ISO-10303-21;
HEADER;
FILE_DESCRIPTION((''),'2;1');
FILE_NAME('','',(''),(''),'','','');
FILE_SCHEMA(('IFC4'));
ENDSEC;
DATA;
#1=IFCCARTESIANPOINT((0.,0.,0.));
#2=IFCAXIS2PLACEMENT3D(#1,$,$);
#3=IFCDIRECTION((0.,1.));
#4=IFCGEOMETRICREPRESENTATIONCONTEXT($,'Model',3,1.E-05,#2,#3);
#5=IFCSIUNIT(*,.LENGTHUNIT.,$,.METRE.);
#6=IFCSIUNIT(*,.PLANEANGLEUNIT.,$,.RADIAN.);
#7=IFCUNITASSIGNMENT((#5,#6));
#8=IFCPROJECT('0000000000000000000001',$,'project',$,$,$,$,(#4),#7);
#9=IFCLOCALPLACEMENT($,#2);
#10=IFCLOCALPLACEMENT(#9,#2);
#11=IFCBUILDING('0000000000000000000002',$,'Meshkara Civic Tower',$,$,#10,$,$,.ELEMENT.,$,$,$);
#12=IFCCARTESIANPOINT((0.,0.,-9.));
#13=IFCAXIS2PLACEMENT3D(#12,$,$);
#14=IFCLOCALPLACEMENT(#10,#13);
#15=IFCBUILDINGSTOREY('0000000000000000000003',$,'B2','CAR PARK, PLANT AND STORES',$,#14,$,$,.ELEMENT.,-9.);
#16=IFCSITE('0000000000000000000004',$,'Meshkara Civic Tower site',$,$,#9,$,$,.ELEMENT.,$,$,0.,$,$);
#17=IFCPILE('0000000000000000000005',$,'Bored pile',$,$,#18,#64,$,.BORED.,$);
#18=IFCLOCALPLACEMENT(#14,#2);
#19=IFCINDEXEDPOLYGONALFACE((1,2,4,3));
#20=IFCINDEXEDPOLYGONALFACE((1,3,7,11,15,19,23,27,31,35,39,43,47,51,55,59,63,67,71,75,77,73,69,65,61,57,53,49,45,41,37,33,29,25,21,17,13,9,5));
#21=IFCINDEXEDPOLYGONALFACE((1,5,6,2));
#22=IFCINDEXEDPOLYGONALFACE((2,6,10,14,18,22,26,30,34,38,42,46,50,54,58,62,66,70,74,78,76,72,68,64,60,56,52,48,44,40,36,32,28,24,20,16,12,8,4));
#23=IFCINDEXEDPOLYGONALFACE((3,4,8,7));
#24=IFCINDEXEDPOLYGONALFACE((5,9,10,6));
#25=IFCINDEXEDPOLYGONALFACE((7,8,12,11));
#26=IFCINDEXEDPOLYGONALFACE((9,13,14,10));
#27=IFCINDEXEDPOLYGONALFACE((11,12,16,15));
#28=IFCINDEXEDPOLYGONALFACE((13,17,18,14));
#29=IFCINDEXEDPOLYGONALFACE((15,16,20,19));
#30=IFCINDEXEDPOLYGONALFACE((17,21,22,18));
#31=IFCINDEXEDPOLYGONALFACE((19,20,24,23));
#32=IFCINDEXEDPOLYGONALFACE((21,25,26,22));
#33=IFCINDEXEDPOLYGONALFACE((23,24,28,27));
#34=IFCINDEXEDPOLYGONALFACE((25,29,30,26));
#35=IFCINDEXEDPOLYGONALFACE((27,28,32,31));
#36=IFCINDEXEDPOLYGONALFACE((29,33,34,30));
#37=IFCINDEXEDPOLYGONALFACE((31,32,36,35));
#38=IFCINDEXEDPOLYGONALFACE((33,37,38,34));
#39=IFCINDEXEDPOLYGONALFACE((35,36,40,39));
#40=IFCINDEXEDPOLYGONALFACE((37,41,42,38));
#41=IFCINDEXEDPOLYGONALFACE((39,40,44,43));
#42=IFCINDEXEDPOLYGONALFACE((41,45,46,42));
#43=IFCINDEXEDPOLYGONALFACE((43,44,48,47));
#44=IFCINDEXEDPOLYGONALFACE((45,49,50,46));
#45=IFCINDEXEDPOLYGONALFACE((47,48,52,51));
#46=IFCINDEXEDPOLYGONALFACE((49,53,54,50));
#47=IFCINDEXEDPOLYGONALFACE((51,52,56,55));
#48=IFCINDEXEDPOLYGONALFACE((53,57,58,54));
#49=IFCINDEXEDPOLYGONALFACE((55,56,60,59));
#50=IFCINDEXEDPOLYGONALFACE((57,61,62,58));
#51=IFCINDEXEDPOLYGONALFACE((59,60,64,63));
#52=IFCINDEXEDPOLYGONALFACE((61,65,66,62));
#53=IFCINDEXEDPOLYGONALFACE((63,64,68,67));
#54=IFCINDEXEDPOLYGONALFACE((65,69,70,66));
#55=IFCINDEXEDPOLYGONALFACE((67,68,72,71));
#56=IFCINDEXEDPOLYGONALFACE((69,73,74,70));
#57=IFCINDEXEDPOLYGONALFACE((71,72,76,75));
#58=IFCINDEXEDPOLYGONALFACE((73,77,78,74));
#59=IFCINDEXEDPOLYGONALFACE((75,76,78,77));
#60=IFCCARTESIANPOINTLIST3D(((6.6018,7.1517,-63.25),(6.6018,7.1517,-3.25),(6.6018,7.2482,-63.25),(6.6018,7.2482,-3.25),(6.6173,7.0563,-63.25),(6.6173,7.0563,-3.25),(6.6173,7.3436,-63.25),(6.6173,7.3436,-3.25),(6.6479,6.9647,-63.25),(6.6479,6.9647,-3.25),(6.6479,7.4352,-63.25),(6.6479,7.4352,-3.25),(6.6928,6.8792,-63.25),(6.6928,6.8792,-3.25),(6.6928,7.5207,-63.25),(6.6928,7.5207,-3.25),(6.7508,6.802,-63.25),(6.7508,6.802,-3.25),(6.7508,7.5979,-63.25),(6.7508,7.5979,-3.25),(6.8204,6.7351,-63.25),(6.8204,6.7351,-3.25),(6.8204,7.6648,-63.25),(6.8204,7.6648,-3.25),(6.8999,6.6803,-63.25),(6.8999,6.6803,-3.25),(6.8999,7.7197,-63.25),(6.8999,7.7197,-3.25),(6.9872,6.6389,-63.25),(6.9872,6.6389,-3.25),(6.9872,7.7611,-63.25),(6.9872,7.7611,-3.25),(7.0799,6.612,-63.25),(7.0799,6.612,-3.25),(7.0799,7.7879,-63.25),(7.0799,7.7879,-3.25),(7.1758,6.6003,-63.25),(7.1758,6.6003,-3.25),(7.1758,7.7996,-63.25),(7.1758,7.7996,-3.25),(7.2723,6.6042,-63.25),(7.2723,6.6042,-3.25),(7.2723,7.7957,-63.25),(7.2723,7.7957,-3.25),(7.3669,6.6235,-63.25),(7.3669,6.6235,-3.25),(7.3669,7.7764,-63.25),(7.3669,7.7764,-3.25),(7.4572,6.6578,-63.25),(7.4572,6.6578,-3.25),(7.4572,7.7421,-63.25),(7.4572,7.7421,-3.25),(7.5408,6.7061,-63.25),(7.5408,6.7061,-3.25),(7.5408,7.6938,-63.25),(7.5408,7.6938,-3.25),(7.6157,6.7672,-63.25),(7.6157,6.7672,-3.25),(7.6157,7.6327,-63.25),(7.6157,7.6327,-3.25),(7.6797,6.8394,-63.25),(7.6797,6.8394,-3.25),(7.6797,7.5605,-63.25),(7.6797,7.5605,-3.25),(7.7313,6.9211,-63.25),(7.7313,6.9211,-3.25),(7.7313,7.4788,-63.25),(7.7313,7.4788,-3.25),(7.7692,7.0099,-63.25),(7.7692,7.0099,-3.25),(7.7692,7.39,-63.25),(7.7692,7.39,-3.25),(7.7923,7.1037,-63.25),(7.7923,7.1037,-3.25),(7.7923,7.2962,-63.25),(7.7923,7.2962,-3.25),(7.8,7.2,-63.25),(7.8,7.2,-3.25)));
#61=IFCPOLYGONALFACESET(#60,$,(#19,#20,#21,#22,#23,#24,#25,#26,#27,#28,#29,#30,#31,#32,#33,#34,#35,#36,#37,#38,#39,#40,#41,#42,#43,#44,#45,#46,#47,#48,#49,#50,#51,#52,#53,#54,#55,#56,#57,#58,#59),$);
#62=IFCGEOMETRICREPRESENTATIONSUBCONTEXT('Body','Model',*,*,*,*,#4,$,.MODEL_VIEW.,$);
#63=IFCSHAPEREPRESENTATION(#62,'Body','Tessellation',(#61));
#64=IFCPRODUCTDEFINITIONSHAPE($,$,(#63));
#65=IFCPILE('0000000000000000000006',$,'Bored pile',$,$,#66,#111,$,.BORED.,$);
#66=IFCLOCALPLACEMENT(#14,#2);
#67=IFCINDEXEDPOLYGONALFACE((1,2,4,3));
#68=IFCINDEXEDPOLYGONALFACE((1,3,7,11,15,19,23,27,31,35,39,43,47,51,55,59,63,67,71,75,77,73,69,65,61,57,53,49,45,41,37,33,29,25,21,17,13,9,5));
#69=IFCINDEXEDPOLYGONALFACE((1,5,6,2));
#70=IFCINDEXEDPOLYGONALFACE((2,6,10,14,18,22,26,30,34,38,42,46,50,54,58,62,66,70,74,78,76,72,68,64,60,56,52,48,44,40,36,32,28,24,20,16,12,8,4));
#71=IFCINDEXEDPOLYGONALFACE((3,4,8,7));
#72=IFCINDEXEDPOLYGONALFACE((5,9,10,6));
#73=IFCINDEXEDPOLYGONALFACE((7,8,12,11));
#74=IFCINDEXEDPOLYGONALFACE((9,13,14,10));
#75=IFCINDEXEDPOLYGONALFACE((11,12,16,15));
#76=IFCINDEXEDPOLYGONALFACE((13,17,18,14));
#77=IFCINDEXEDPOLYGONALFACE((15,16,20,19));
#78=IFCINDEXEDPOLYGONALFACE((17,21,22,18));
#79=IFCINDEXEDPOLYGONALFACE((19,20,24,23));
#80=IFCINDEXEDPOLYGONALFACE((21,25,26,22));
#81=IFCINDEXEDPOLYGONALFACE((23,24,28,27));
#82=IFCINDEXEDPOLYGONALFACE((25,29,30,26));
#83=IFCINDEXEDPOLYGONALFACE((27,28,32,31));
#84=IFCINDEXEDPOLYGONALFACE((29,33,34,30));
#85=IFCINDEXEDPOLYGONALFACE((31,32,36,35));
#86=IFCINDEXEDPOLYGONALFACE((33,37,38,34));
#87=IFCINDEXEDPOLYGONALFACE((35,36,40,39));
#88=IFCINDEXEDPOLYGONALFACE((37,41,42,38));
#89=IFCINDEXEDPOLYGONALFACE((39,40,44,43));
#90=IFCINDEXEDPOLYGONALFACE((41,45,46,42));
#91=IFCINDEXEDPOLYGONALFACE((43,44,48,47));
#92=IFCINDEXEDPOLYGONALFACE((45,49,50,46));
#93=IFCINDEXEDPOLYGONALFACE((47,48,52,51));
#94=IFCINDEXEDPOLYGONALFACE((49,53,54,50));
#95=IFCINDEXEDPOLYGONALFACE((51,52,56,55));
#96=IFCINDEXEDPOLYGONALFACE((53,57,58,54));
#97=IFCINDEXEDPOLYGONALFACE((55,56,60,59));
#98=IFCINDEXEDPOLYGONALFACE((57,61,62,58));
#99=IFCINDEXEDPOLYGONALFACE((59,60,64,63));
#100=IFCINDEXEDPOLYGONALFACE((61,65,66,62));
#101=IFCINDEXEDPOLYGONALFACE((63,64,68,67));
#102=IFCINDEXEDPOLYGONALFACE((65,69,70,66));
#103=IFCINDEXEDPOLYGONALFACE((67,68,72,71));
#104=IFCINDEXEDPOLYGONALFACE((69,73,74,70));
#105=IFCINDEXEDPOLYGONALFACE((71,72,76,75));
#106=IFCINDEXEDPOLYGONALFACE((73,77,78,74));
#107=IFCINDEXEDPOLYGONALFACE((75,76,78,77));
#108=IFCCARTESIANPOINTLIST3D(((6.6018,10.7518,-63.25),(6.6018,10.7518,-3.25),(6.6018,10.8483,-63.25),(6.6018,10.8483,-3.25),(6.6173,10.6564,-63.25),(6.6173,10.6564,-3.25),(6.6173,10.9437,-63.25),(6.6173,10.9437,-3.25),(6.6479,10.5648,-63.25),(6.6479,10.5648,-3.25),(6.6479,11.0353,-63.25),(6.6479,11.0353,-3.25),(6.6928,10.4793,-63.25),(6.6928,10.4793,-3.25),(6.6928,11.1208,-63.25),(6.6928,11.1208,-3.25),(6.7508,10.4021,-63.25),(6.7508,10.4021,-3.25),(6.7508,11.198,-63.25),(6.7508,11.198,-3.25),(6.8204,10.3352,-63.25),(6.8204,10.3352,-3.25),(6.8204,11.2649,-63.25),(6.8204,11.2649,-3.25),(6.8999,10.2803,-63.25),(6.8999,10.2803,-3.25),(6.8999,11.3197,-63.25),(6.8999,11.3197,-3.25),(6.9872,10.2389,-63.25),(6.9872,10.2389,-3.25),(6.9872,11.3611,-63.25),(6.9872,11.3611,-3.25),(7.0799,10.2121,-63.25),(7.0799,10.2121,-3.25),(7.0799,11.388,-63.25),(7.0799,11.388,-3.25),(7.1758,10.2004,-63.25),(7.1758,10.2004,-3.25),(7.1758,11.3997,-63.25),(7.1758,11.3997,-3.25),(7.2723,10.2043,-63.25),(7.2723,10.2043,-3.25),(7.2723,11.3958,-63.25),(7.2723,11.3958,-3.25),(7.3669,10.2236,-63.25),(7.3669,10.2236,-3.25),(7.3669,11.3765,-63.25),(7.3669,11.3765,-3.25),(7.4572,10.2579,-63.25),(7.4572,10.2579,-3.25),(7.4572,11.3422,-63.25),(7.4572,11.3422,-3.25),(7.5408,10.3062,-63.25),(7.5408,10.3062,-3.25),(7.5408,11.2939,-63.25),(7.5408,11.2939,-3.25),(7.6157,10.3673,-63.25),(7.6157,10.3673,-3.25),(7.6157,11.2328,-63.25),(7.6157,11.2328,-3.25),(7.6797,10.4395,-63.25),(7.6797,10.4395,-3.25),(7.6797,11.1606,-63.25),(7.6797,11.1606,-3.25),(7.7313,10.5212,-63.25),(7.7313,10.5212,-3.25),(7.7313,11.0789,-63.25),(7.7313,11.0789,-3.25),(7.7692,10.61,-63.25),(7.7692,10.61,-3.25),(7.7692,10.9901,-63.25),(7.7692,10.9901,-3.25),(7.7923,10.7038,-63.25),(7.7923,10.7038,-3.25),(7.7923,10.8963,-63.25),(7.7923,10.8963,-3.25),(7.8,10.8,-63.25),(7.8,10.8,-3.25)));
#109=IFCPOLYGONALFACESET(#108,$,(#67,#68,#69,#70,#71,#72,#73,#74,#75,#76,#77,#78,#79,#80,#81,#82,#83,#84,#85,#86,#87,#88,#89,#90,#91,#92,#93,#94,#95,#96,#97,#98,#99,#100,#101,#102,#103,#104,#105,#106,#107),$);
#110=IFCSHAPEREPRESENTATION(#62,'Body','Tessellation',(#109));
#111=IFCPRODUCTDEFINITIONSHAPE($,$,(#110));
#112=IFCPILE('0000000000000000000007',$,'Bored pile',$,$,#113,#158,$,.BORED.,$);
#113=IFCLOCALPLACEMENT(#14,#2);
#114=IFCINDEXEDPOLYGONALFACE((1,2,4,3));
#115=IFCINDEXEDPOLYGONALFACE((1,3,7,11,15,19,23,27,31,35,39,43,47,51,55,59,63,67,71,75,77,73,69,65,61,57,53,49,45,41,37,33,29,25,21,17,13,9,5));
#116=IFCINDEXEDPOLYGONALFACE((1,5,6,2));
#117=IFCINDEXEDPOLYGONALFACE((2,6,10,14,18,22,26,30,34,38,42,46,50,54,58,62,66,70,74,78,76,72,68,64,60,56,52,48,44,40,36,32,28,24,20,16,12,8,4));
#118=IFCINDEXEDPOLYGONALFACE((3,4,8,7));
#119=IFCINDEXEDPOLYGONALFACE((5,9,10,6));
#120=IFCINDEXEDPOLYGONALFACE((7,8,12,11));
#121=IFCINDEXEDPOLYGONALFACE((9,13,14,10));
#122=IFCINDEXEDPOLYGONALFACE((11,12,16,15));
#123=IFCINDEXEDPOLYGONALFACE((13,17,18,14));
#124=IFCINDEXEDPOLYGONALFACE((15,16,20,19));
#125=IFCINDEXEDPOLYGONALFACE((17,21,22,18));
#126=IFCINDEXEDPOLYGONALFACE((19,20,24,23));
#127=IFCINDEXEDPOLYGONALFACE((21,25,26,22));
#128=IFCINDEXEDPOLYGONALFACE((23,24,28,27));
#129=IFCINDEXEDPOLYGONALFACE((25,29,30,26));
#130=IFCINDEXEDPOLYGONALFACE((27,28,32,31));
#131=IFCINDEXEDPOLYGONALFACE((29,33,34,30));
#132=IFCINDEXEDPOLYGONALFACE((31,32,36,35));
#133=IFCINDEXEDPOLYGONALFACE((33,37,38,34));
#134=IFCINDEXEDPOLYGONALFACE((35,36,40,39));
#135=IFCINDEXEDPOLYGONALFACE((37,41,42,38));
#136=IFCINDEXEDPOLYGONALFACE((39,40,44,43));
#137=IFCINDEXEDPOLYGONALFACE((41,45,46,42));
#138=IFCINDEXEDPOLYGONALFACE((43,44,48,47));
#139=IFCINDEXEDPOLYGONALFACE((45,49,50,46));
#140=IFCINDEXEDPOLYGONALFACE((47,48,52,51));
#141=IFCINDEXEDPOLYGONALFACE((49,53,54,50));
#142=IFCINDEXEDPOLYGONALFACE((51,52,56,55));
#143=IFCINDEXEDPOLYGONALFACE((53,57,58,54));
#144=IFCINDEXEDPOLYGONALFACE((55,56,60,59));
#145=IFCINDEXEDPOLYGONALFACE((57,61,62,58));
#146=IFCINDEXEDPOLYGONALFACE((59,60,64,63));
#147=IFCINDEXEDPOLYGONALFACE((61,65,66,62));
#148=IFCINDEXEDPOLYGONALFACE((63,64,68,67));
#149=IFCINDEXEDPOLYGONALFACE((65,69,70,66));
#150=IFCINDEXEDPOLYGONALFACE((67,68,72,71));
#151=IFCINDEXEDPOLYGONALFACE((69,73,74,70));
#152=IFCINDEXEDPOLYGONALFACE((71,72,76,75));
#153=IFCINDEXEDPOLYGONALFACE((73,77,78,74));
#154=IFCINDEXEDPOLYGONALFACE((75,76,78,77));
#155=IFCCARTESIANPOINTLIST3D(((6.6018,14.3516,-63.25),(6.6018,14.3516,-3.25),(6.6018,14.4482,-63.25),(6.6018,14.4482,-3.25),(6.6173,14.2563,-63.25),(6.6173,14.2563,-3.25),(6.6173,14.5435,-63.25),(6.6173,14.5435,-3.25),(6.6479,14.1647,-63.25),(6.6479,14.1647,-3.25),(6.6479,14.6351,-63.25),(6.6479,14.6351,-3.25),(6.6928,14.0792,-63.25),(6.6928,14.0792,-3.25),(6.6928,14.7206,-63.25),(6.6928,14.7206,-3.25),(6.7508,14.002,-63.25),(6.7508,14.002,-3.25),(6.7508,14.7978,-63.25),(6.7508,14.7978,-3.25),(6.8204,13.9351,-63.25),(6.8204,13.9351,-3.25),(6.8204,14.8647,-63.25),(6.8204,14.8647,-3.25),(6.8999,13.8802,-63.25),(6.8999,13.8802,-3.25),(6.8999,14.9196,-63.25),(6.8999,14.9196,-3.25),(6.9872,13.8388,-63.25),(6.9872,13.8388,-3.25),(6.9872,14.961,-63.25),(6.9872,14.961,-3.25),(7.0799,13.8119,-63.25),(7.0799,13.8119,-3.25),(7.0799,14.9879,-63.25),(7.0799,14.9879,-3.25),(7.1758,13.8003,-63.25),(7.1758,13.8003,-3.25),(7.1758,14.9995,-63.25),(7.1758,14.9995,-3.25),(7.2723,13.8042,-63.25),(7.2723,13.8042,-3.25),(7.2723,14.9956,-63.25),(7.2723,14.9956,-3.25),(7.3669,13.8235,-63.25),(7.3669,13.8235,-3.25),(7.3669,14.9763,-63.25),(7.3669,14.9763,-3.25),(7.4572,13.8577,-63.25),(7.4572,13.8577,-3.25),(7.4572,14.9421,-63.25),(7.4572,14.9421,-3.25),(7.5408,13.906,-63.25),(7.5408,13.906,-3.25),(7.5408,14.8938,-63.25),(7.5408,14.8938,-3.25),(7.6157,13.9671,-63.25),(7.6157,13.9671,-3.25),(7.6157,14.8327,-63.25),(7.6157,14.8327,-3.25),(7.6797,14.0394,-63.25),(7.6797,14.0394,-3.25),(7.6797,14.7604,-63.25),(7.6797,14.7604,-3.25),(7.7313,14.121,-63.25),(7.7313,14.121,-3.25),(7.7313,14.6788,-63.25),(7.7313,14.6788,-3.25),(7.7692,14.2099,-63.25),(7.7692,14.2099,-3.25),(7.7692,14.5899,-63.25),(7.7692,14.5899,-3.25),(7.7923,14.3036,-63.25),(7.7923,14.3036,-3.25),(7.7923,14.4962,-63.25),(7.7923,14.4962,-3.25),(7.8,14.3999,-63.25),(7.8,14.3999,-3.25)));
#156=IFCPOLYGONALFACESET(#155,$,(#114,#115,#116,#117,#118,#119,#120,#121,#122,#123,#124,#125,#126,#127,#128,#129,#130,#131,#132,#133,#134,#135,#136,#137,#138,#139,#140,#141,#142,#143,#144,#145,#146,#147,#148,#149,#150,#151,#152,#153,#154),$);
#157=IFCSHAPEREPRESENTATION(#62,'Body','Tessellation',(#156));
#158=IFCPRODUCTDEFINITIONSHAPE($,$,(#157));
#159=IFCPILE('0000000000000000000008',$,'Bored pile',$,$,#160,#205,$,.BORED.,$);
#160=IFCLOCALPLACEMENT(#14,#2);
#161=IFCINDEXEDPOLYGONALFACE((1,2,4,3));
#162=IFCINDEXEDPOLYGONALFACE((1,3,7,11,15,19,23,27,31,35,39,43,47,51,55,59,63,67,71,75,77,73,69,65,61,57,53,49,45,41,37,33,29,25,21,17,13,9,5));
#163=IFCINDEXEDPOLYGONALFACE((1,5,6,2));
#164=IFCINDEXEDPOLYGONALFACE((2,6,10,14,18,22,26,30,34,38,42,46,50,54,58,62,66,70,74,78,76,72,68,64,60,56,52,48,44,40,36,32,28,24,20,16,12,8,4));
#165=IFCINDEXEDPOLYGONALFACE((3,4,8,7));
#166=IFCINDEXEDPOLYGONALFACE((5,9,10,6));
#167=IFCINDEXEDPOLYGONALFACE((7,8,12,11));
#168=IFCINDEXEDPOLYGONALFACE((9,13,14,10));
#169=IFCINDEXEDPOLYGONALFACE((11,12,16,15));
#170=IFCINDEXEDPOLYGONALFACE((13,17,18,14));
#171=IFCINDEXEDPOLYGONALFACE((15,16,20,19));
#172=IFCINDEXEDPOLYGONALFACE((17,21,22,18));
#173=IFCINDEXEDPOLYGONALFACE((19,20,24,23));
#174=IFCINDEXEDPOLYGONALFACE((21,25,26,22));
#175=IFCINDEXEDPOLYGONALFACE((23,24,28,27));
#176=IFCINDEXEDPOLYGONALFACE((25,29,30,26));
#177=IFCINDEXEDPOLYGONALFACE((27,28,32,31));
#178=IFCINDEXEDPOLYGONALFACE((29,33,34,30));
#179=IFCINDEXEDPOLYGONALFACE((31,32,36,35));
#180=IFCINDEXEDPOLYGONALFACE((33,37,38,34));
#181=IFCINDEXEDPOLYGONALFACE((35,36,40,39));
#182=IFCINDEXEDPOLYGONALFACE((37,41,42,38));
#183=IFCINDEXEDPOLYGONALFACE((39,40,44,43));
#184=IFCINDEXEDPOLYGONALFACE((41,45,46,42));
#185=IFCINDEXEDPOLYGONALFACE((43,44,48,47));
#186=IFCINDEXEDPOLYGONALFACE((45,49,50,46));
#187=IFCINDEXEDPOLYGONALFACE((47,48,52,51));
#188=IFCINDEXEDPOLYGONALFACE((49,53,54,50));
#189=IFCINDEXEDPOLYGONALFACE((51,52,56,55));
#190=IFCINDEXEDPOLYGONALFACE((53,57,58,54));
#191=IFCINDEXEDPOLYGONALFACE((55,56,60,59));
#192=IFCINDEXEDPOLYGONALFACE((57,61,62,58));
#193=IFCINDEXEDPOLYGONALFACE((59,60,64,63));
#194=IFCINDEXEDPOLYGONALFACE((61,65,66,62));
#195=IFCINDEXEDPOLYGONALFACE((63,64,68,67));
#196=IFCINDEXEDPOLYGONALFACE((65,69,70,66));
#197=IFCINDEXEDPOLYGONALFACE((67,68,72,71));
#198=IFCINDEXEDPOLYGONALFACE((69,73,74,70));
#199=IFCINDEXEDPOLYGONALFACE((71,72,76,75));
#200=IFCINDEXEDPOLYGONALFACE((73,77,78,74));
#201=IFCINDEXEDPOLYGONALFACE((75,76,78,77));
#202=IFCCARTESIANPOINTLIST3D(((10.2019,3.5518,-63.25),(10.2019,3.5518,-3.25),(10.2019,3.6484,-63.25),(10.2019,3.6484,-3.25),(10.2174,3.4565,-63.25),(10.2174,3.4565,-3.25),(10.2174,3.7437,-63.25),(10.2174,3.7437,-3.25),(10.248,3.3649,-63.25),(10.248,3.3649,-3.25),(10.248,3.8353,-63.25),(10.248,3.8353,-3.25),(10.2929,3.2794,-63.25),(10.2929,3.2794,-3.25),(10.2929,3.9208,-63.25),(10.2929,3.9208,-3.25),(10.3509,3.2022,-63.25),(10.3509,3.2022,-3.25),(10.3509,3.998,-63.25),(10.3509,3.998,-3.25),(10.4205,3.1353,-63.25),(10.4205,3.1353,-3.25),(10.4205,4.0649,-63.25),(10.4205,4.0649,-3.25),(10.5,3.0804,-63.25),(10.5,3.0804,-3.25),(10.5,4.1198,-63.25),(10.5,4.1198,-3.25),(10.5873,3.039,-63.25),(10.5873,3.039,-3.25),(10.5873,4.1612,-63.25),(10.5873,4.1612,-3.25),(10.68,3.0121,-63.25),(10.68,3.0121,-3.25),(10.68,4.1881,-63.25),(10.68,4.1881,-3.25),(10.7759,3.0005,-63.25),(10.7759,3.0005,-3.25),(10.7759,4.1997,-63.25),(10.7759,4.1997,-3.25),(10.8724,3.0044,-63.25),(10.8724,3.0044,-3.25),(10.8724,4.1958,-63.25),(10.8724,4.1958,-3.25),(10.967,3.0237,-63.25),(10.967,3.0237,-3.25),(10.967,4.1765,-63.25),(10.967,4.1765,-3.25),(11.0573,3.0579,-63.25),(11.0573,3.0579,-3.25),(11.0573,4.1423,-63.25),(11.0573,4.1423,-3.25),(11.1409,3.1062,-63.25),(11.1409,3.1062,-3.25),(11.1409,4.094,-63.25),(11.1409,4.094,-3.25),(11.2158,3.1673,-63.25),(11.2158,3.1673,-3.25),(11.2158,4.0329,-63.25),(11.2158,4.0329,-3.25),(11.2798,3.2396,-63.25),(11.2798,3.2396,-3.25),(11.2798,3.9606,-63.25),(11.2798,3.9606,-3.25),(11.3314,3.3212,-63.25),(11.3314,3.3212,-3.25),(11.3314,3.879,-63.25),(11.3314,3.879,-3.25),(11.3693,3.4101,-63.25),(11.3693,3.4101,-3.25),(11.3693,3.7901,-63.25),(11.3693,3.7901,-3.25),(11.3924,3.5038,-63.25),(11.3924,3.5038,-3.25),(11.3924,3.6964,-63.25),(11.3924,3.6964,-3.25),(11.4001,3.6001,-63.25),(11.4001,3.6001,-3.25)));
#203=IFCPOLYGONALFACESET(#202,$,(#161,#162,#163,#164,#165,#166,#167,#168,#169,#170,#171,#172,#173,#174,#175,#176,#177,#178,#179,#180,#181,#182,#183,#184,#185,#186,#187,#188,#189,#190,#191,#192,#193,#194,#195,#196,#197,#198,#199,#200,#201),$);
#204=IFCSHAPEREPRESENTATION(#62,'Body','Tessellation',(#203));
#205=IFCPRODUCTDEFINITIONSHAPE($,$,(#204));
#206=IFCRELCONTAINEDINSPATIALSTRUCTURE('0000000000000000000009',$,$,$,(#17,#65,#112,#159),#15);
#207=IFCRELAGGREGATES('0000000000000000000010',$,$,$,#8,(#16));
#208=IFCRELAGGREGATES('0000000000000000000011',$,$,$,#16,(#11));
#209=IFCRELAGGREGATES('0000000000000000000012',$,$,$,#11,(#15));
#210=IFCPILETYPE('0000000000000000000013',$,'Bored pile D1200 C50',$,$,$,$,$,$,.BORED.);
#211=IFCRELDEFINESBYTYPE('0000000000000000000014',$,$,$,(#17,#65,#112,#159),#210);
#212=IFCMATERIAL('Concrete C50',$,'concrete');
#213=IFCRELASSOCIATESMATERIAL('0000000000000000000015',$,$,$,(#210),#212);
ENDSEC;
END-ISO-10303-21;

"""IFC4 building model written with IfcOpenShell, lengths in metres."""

from ifc_helpers import new_model, si_unit, direction, frame, origin, origin_2d, place, context, subcontext, project, spatial, circle, extrude, material, material_profile, profile_set, type_object, element, save


model = new_model("IFC4")

# Units and contexts
model_context = context("Model", 3, precision=1e-05, world=origin(), true_north=direction((0.0, 1.0)))
body_context = subcontext(model_context, "Body", "Model", "MODEL_VIEW")
ifc_project = project(units=[si_unit("LENGTHUNIT", "METRE"), si_unit("PLANEANGLEUNIT", "RADIAN")], contexts=[model_context])

# Site, building, storey
site_placement = place(None, origin())
site = spatial("IfcSite", under=ifc_project, at=site_placement, Name="Meshkara Civic Tower site", CompositionType="ELEMENT", RefElevation=0.0)
building_placement = place(site_placement, origin())
building = spatial("IfcBuilding", under=site, at=building_placement, Name="Meshkara Civic Tower", CompositionType="ELEMENT")
storey_placement = place(building_placement, frame((0.0, 0.0, -9.0)))
storey = spatial("IfcBuildingStorey", under=building, at=storey_placement, Name="B2", Description="CAR PARK, PLANT AND STORES", CompositionType="ELEMENT", Elevation=-9.0)

# Piles
ifc_material_1 = material(Name="Concrete C50", Category="concrete")
ifc_material_profile_1 = material_profile(ifc_material_1, circle(Radius=0.6001, at=origin_2d()))
ifc_profile_set_1 = profile_set([ifc_material_profile_1], Name="Concrete C50")
pile_type = type_object("IfcPileType", Name="Bored pile D1200 C50", PredefinedType="BORED", material=ifc_profile_set_1)
for number, where, z_axis, x_axis, name in (
    (1, (7.2, 7.2, -3.25), (0.0, 0.0, -1.0), (1.0, 0.0, 0.0), "Bored pile"),
    (2, (7.2, 10.8, -3.25), (0.0, 0.0, -1.0), (1.0, 0.0, 0.0), "Bored pile"),
    (3, (7.2, 14.3999, -3.25), (0.0, 0.0, -1.0), (1.0, 0.0, 0.0), "Bored pile"),
    (4, (10.8, 3.6001, -3.25), (0.0, 0.0, -1.0), (1.0, 0.0, 0.0), "Bored pile"),
):
    element("IfcPile", number, at=place(storey_placement, frame(where, z_axis=z_axis, x_axis=x_axis)), inside=storey, type_object=pile_type, Name=name, PredefinedType="BORED", context=body_context, shape_type="SweptSolid", body=[
        extrude(circle(Radius=0.6001, at=origin_2d()), origin(), (0.0, 0.0, 1.0), 60.0),
    ])

save(model, "model.ifc")
